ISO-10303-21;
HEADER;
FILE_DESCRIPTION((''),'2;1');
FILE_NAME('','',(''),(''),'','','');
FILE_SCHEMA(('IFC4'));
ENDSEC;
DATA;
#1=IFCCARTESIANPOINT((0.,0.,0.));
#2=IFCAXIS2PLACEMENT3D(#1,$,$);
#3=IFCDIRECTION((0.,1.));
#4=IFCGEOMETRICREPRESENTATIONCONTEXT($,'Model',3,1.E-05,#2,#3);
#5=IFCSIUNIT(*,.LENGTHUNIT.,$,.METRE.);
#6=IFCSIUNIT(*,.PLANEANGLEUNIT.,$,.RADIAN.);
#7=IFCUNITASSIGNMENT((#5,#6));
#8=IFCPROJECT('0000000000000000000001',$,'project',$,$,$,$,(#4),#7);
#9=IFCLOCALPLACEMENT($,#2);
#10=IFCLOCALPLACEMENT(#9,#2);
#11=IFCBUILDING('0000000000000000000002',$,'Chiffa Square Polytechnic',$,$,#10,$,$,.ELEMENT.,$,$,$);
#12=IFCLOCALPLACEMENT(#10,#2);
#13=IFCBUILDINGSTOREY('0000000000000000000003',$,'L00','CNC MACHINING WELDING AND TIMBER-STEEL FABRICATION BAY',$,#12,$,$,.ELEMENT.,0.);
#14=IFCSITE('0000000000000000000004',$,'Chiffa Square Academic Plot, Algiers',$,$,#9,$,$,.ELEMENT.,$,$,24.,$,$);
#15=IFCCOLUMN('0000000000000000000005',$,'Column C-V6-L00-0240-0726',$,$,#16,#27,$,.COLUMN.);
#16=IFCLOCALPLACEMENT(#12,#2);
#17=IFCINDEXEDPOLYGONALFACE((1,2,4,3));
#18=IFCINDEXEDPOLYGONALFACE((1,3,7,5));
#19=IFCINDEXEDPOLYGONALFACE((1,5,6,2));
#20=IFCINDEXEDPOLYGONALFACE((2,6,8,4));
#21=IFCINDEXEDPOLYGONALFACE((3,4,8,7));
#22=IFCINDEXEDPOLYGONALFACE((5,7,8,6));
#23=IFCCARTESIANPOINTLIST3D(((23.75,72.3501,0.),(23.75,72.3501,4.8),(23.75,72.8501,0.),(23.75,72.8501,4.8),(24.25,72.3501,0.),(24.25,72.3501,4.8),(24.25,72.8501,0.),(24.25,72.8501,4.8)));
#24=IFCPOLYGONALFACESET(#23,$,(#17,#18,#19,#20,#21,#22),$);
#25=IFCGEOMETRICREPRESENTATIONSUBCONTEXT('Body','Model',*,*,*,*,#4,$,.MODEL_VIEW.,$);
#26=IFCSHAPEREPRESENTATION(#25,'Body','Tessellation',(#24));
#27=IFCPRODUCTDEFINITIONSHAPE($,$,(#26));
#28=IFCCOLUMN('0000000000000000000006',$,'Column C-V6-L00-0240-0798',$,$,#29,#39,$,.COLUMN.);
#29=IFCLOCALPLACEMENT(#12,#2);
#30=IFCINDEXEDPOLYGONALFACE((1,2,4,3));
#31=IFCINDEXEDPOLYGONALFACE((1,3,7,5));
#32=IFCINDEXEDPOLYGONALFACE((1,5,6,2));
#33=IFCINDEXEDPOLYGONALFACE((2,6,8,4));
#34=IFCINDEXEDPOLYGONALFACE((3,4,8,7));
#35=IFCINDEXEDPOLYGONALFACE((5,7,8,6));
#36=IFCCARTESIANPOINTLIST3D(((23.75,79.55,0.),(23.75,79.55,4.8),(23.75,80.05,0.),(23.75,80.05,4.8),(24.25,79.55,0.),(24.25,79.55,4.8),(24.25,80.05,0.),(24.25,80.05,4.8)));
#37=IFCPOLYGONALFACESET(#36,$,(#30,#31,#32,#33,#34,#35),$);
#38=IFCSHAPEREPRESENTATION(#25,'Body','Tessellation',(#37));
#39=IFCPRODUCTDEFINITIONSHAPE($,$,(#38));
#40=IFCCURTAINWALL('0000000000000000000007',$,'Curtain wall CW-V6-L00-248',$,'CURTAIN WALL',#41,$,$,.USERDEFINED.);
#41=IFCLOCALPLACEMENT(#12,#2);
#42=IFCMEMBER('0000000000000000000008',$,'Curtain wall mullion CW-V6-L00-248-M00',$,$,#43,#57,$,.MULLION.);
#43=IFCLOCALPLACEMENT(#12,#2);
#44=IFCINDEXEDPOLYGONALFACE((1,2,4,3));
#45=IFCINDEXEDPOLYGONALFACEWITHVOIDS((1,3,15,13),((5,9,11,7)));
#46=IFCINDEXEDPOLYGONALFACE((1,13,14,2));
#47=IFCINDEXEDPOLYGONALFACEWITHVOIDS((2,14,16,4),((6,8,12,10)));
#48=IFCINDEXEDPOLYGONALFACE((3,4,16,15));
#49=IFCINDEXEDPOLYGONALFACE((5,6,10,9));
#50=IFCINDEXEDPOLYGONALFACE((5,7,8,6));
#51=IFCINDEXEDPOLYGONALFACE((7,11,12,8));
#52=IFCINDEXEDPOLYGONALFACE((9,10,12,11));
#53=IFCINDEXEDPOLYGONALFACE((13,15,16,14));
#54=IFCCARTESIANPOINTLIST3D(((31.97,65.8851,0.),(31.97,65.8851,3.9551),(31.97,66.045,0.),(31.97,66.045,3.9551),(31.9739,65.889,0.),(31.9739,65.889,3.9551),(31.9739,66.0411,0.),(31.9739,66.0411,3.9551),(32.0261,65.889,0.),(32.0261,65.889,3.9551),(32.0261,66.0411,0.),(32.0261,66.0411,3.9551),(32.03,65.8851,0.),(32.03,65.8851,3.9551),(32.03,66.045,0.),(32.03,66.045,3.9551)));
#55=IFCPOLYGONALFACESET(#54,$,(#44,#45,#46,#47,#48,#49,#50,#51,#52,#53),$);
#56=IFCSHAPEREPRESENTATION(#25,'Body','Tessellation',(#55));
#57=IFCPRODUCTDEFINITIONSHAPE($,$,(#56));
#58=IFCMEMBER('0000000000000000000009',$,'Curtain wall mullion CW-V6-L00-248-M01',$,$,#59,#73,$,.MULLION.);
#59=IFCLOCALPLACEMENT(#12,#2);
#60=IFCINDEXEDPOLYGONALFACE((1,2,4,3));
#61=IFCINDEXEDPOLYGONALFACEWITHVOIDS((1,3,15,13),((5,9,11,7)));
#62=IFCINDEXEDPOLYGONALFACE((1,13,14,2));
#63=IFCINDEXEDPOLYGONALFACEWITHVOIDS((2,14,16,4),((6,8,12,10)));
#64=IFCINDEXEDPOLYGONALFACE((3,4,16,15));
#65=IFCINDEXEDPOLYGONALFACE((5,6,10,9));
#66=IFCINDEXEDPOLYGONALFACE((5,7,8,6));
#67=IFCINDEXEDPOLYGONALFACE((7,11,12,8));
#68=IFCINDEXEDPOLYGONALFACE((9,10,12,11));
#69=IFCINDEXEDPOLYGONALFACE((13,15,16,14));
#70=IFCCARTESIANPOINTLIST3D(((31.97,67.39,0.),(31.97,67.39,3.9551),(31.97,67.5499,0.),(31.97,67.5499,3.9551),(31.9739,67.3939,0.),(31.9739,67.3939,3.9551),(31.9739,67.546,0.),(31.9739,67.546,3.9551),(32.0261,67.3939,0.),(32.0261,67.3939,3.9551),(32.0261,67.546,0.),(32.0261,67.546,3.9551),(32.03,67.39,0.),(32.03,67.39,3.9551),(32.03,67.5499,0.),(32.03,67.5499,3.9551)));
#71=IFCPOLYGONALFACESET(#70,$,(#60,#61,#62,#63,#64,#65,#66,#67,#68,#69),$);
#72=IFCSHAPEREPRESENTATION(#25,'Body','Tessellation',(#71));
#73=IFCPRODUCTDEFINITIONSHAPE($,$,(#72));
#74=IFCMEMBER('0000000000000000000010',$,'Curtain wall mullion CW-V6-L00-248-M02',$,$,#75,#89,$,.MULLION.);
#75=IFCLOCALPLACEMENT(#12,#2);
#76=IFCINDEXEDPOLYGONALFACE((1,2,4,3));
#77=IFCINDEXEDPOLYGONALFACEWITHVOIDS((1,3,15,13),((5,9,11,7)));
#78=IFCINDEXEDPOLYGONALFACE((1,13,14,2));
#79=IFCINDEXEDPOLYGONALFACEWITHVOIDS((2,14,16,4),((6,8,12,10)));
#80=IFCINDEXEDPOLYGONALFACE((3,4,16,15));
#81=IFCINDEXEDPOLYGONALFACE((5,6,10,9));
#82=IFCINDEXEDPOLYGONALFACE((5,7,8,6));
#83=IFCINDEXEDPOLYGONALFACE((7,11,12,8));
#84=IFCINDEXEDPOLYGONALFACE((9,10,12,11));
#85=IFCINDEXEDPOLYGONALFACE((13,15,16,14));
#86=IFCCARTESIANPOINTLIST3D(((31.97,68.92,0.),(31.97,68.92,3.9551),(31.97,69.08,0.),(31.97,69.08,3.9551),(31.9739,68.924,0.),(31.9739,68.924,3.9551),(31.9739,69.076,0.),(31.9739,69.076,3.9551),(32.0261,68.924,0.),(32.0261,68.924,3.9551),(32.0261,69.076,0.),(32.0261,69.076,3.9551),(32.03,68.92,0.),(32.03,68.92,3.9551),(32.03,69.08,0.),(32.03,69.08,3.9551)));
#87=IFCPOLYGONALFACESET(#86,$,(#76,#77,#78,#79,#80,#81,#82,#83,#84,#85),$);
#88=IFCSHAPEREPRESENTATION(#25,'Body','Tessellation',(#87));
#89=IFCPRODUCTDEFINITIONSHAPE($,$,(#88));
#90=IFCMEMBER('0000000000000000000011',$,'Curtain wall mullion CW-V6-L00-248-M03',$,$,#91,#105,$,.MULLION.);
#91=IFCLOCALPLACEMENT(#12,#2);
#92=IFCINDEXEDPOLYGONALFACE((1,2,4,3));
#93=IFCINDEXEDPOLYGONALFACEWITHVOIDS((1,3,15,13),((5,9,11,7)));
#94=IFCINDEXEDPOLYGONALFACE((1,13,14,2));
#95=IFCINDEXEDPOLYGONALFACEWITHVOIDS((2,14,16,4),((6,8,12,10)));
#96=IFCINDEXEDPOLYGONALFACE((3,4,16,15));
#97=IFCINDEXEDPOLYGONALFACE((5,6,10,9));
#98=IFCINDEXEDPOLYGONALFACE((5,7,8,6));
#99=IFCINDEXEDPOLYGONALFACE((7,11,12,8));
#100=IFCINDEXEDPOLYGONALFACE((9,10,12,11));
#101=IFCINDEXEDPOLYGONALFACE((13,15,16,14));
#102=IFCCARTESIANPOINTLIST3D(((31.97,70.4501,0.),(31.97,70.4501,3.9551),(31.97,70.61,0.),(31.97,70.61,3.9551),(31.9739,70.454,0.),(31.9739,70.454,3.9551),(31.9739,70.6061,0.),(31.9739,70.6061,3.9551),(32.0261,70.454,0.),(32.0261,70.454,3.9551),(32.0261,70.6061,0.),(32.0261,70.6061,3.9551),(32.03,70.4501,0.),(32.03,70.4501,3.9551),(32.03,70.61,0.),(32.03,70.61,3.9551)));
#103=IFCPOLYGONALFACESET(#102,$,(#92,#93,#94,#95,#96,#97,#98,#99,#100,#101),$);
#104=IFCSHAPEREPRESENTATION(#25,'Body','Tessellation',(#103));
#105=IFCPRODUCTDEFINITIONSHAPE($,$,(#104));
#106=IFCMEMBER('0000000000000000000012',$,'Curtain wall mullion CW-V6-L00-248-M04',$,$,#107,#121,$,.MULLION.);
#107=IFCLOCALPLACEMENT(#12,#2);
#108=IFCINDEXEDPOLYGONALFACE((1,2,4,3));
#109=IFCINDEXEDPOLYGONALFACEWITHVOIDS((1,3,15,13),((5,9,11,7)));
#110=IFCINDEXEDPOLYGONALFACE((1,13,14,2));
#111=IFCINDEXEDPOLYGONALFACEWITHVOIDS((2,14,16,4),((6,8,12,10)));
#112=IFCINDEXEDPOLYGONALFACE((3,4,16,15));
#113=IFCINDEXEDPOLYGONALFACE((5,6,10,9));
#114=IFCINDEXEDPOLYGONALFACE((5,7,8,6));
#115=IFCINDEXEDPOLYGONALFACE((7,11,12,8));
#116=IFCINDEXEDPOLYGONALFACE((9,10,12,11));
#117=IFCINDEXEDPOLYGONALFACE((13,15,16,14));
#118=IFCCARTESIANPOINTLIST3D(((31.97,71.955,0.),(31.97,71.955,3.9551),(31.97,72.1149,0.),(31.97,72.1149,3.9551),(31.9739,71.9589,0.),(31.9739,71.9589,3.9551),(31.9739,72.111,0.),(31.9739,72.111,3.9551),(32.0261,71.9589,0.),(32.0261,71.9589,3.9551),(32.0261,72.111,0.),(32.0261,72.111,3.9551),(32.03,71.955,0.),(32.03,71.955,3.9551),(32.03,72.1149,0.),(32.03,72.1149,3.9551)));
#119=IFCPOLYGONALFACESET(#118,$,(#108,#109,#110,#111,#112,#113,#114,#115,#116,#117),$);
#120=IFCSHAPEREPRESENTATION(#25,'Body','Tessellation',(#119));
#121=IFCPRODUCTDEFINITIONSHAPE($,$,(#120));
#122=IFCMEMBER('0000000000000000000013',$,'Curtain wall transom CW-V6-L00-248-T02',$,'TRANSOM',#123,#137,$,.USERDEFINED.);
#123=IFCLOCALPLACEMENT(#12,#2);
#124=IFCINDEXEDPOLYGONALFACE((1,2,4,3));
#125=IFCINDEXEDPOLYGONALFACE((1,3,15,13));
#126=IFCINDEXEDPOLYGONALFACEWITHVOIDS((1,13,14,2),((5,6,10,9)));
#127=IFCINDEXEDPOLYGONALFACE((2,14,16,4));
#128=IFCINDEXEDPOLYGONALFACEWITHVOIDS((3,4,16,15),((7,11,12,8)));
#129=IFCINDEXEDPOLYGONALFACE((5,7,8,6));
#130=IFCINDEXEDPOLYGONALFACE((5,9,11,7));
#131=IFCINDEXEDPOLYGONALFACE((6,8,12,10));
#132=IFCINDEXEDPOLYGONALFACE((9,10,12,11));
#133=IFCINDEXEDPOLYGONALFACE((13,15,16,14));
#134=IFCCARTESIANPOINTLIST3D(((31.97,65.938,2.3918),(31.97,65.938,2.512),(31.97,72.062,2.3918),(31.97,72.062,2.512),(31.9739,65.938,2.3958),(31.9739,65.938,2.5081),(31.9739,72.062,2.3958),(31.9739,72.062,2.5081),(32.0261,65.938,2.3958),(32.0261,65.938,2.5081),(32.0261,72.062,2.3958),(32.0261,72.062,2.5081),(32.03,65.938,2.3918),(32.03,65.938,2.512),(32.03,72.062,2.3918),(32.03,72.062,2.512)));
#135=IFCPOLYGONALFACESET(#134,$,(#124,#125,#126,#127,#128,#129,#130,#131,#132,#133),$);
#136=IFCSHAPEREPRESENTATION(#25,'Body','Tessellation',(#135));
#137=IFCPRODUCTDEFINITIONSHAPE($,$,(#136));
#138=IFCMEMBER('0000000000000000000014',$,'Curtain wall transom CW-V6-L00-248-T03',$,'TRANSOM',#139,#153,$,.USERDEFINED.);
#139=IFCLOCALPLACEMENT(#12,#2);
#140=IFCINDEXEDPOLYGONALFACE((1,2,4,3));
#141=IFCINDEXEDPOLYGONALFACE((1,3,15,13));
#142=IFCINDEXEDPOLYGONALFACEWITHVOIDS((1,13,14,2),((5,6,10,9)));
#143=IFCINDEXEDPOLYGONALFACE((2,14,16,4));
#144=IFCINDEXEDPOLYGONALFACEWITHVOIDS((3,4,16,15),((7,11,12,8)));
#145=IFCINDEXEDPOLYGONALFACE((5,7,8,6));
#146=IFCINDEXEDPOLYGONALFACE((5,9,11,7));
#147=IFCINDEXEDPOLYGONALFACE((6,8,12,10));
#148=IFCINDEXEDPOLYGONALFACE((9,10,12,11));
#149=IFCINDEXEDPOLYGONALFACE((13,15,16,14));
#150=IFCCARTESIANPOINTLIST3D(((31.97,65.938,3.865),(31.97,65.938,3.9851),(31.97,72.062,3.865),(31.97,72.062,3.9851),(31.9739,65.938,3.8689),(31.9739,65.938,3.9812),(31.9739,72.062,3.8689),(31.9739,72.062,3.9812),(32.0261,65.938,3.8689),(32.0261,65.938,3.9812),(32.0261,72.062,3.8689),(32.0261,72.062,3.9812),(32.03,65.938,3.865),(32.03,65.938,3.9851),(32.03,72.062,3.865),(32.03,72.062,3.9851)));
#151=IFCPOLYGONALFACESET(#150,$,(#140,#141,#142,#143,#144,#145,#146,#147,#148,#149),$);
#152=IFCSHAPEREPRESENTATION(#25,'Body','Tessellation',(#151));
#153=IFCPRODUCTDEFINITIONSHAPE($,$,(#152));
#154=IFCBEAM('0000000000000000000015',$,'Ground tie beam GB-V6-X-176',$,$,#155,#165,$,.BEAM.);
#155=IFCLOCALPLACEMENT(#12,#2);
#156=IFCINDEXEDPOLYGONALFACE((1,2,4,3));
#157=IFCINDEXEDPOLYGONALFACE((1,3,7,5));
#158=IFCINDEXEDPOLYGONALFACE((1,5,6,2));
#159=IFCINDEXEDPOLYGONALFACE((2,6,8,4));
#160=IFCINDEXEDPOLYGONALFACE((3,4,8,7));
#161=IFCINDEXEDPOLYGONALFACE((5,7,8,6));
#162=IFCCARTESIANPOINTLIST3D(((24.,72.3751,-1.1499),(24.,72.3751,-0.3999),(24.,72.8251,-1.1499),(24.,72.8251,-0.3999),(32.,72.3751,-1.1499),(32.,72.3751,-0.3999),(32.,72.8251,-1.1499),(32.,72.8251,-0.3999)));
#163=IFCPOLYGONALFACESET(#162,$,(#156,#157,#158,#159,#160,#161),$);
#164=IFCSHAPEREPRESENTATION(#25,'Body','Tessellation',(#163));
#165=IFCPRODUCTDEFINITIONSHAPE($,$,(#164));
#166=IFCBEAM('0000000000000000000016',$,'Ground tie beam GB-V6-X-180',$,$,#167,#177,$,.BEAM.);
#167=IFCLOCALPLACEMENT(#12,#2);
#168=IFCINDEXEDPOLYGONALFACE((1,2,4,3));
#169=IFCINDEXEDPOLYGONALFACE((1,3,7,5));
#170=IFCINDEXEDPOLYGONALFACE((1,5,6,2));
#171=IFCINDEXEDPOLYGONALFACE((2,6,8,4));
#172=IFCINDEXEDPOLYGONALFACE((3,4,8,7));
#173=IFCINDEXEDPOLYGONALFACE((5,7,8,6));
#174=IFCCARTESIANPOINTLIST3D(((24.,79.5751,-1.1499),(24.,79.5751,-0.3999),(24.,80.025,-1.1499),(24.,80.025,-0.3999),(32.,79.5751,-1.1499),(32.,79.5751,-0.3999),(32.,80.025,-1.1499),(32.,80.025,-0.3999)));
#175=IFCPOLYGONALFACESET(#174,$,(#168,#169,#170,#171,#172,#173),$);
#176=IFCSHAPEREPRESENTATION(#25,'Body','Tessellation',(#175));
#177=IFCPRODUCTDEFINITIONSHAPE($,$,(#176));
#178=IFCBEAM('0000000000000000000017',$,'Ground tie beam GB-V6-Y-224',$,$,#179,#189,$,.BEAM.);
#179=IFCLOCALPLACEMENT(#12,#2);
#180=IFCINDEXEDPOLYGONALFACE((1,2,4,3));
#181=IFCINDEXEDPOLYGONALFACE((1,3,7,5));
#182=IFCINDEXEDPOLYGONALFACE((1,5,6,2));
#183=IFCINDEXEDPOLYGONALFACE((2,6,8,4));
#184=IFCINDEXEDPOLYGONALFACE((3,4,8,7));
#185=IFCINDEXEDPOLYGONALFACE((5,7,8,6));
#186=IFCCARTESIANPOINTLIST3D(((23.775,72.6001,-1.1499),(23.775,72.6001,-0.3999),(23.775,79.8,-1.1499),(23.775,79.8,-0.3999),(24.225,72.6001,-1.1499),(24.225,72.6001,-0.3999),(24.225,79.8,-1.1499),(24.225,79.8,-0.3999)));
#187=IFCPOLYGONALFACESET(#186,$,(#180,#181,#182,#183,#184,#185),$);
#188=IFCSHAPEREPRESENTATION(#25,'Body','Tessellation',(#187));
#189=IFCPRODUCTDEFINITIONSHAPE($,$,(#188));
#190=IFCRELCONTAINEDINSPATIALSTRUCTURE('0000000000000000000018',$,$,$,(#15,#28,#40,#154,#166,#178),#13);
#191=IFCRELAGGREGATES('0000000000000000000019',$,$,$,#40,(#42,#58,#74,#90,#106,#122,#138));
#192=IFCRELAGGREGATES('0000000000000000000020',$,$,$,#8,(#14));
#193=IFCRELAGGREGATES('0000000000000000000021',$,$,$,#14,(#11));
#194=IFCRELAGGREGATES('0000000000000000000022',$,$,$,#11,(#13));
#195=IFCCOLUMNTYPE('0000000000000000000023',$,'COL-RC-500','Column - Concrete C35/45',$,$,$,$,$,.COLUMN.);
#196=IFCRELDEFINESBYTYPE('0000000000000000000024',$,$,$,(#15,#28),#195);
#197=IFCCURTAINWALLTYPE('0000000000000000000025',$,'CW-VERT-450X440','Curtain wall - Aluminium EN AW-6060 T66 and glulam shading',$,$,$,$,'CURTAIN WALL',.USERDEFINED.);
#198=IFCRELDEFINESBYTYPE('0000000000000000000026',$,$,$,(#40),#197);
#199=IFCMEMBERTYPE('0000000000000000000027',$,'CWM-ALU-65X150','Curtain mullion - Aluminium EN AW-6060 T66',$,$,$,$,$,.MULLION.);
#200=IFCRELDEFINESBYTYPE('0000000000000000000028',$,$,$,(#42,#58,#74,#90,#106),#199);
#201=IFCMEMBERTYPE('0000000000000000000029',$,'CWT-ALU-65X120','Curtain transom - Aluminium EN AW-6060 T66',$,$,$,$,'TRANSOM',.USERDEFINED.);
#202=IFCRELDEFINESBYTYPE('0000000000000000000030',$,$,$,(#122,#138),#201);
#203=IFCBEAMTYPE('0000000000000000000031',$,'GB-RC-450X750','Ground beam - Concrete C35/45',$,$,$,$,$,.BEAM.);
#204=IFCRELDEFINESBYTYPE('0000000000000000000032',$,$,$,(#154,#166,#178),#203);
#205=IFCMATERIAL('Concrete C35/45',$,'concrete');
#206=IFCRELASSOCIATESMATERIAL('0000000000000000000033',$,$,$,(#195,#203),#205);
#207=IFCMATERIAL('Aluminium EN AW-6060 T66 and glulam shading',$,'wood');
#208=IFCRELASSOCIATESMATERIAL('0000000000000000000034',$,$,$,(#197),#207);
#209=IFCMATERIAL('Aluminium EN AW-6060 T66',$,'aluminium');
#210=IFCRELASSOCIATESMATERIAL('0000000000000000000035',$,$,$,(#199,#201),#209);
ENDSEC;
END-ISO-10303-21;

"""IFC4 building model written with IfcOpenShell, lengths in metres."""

from ifc_helpers import new_model, si_unit, direction, frame, origin, origin_2d, place, context, subcontext, project, spatial, rectangle, hollow_rectangle, extrude, material, material_profile, profile_set, type_object, element, aggregate, save


model = new_model("IFC4")

# Units and contexts
model_context = context("Model", 3, precision=1e-05, world=origin(), true_north=direction((0.0, 1.0)))
body_context = subcontext(model_context, "Body", "Model", "MODEL_VIEW")
ifc_project = project(units=[si_unit("LENGTHUNIT", "METRE"), si_unit("PLANEANGLEUNIT", "RADIAN")], contexts=[model_context])

# Site, building, storey
site_placement = place(None, origin())
site = spatial("IfcSite", under=ifc_project, at=site_placement, Name="Chiffa Square Academic Plot, Algiers", CompositionType="ELEMENT", RefElevation=24.0)
building_placement = place(site_placement, origin())
building = spatial("IfcBuilding", under=site, at=building_placement, Name="Chiffa Square Polytechnic", CompositionType="ELEMENT")
storey_placement = place(building_placement, origin())
storey = spatial("IfcBuildingStorey", under=building, at=storey_placement, Name="L00", Description="CNC MACHINING WELDING AND TIMBER-STEEL FABRICATION BAY", CompositionType="ELEMENT", Elevation=0.0)

# Columns
ifc_material_1 = material(Name="Concrete C35/45", Category="concrete")
ifc_material_profile_1 = material_profile(ifc_material_1, rectangle(XDim=0.5, YDim=0.5, at=origin_2d()), Name="RC 500x500")
ifc_profile_set_1 = profile_set([ifc_material_profile_1], Name="Concrete C35/45")
column_type = type_object("IfcColumnType", Name="COL-RC-500", Description="Column - Concrete C35/45", PredefinedType="COLUMN", material=ifc_profile_set_1)
for number, where, z_axis, x_axis, name in (
    (1, (24.0, 72.6001, 0.0), (0.0, 0.0, 1.0), (1.0, 0.0, 0.0), "Column C-V6-L00-0240-0726"),
    (2, (24.0, 79.8, 0.0), (0.0, 0.0, 1.0), (1.0, 0.0, 0.0), "Column C-V6-L00-0240-0798"),
):
    element("IfcColumn", number, at=place(storey_placement, frame(where, z_axis=z_axis, x_axis=x_axis)), inside=storey, type_object=column_type, Name=name, PredefinedType="COLUMN", context=body_context, shape_type="SweptSolid", body=[
        extrude(rectangle(XDim=0.5, YDim=0.5, at=origin_2d()), origin(), (0.0, 0.0, 1.0), 4.8),
    ])

# Curtain wall, members
ifc_material_2 = material(Name="Aluminium EN AW-6060 T66 and glulam shading", Category="wood")
curtain_wall_type = type_object("IfcCurtainWallType", Name="CW-VERT-450X440", Description="Curtain wall - Aluminium EN AW-6060 T66 and glulam shading", ElementType="CURTAIN WALL", PredefinedType="USERDEFINED", material=ifc_material_2)
curtain_wall_placement = place(storey_placement, origin())
curtain_wall = element("IfcCurtainWall", 3, at=curtain_wall_placement, inside=storey, type_object=curtain_wall_type, Name="Curtain wall CW-V6-L00-248", ObjectType="CURTAIN WALL", PredefinedType="USERDEFINED")
ifc_material_3 = material(Name="Aluminium EN AW-6060 T66", Category="aluminium")
ifc_material_profile_2 = material_profile(ifc_material_3, hollow_rectangle(XDim=0.0601, YDim=0.1599, WallThickness=0.0039, at=origin_2d()), Name="ALU 60x160x4")
ifc_profile_set_2 = profile_set([ifc_material_profile_2], Name="Aluminium EN AW-6060 T66")
member_type_1 = type_object("IfcMemberType", Name="CWM-ALU-65X150", Description="Curtain mullion - Aluminium EN AW-6060 T66", PredefinedType="MULLION", material=ifc_profile_set_2)
member_1_placement = place(storey_placement, frame((32.0, 65.9651, 0.0), z_axis=(0.0, 0.0, 1.0), x_axis=(1.0, 0.0, 0.0)))
member_1 = element("IfcMember", 4, at=member_1_placement, type_object=member_type_1, Name="Curtain wall mullion CW-V6-L00-248-M00", PredefinedType="MULLION", context=body_context, shape_type="SweptSolid", body=[
    extrude(hollow_rectangle(XDim=0.0601, YDim=0.1599, WallThickness=0.0039, at=origin_2d()), origin(), (0.0, 0.0, 1.0), 3.9551),
])
member_2_placement = place(storey_placement, frame((32.0, 67.47, 0.0), z_axis=(0.0, 0.0, 1.0), x_axis=(1.0, 0.0, 0.0)))
member_2 = element("IfcMember", 5, at=member_2_placement, type_object=member_type_1, Name="Curtain wall mullion CW-V6-L00-248-M01", PredefinedType="MULLION", context=body_context, shape_type="SweptSolid", body=[
    extrude(hollow_rectangle(XDim=0.0601, YDim=0.1599, WallThickness=0.0039, at=origin_2d()), origin(), (0.0, 0.0, 1.0), 3.9551),
])
member_3_placement = place(storey_placement, frame((32.0, 69.0, 0.0), z_axis=(0.0, 0.0, 1.0), x_axis=(1.0, 0.0, 0.0)))
member_3 = element("IfcMember", 6, at=member_3_placement, type_object=member_type_1, Name="Curtain wall mullion CW-V6-L00-248-M02", PredefinedType="MULLION", context=body_context, shape_type="SweptSolid", body=[
    extrude(hollow_rectangle(XDim=0.0601, YDim=0.1599, WallThickness=0.0039, at=origin_2d()), origin(), (0.0, 0.0, 1.0), 3.9551),
])
member_4_placement = place(storey_placement, frame((32.0, 70.53, 0.0), z_axis=(0.0, 0.0, 1.0), x_axis=(1.0, 0.0, 0.0)))
member_4 = element("IfcMember", 7, at=member_4_placement, type_object=member_type_1, Name="Curtain wall mullion CW-V6-L00-248-M03", PredefinedType="MULLION", context=body_context, shape_type="SweptSolid", body=[
    extrude(hollow_rectangle(XDim=0.0601, YDim=0.1599, WallThickness=0.0039, at=origin_2d()), origin(), (0.0, 0.0, 1.0), 3.9551),
])
member_5_placement = place(storey_placement, frame((32.0, 72.0349, 0.0), z_axis=(0.0, 0.0, 1.0), x_axis=(1.0, 0.0, 0.0)))
member_5 = element("IfcMember", 8, at=member_5_placement, type_object=member_type_1, Name="Curtain wall mullion CW-V6-L00-248-M04", PredefinedType="MULLION", context=body_context, shape_type="SweptSolid", body=[
    extrude(hollow_rectangle(XDim=0.0601, YDim=0.1599, WallThickness=0.0039, at=origin_2d()), origin(), (0.0, 0.0, 1.0), 3.9551),
])
ifc_material_profile_3 = material_profile(ifc_material_3, hollow_rectangle(XDim=0.0601, YDim=0.1201, WallThickness=0.0039, at=origin_2d()), Name="ALU 60x120x4")
ifc_profile_set_3 = profile_set([ifc_material_profile_3], Name="Aluminium EN AW-6060 T66")
member_type_2 = type_object("IfcMemberType", Name="CWT-ALU-65X120", Description="Curtain transom - Aluminium EN AW-6060 T66", ElementType="TRANSOM", PredefinedType="USERDEFINED", material=ifc_profile_set_3)
member_6_placement = place(storey_placement, frame((32.0, 65.938, 2.4519), z_axis=(0.0, 1.0, 0.0), x_axis=(-1.0, 0.0, 0.0)))
member_6 = element("IfcMember", 9, at=member_6_placement, type_object=member_type_2, Name="Curtain wall transom CW-V6-L00-248-T02", ObjectType="TRANSOM", PredefinedType="USERDEFINED", context=body_context, shape_type="SweptSolid", body=[
    extrude(hollow_rectangle(XDim=0.0601, YDim=0.1201, WallThickness=0.0039, at=origin_2d()), origin(), (0.0, 0.0, 1.0), 6.124),
])
member_7_placement = place(storey_placement, frame((32.0, 65.938, 3.925), z_axis=(0.0, 1.0, 0.0), x_axis=(-1.0, 0.0, 0.0)))
member_7 = element("IfcMember", 10, at=member_7_placement, type_object=member_type_2, Name="Curtain wall transom CW-V6-L00-248-T03", ObjectType="TRANSOM", PredefinedType="USERDEFINED", context=body_context, shape_type="SweptSolid", body=[
    extrude(hollow_rectangle(XDim=0.0601, YDim=0.1201, WallThickness=0.0039, at=origin_2d()), origin(), (0.0, 0.0, 1.0), 6.124),
])

# Beams
ifc_material_profile_4 = material_profile(ifc_material_1, rectangle(XDim=0.45, YDim=0.75, at=origin_2d()), Name="RC 450x750")
ifc_profile_set_4 = profile_set([ifc_material_profile_4], Name="Concrete C35/45")
beam_type = type_object("IfcBeamType", Name="GB-RC-450X750", Description="Ground beam - Concrete C35/45", PredefinedType="BEAM", material=ifc_profile_set_4)
for number, where, z_axis, x_axis, name in (
    (11, (24.0, 72.6001, -0.7749), (1.0, 0.0, 0.0), (0.0, 1.0, 0.0), "Ground tie beam GB-V6-X-176"),
    (12, (24.0, 79.8, -0.7749), (1.0, 0.0, 0.0), (0.0, 1.0, 0.0), "Ground tie beam GB-V6-X-180"),
):
    element("IfcBeam", number, at=place(storey_placement, frame(where, z_axis=z_axis, x_axis=x_axis)), inside=storey, type_object=beam_type, Name=name, PredefinedType="BEAM", context=body_context, shape_type="SweptSolid", body=[
        extrude(rectangle(XDim=0.45, YDim=0.75, at=origin_2d()), origin(), (0.0, 0.0, 1.0), 8.0),
    ])
for number, where, z_axis, x_axis, name in (
    (13, (24.0, 72.6001, -0.7749), (0.0, 1.0, 0.0), (-1.0, 0.0, 0.0), "Ground tie beam GB-V6-Y-224"),
):
    element("IfcBeam", number, at=place(storey_placement, frame(where, z_axis=z_axis, x_axis=x_axis)), inside=storey, type_object=beam_type, Name=name, PredefinedType="BEAM", context=body_context, shape_type="SweptSolid", body=[
        extrude(rectangle(XDim=0.45, YDim=0.75, at=origin_2d()), origin(), (0.0, 0.0, 1.0), 7.2),
    ])

aggregate(curtain_wall, [member_1, member_2, member_3, member_4, member_5, member_6, member_7])

save(model, "model.ifc")
